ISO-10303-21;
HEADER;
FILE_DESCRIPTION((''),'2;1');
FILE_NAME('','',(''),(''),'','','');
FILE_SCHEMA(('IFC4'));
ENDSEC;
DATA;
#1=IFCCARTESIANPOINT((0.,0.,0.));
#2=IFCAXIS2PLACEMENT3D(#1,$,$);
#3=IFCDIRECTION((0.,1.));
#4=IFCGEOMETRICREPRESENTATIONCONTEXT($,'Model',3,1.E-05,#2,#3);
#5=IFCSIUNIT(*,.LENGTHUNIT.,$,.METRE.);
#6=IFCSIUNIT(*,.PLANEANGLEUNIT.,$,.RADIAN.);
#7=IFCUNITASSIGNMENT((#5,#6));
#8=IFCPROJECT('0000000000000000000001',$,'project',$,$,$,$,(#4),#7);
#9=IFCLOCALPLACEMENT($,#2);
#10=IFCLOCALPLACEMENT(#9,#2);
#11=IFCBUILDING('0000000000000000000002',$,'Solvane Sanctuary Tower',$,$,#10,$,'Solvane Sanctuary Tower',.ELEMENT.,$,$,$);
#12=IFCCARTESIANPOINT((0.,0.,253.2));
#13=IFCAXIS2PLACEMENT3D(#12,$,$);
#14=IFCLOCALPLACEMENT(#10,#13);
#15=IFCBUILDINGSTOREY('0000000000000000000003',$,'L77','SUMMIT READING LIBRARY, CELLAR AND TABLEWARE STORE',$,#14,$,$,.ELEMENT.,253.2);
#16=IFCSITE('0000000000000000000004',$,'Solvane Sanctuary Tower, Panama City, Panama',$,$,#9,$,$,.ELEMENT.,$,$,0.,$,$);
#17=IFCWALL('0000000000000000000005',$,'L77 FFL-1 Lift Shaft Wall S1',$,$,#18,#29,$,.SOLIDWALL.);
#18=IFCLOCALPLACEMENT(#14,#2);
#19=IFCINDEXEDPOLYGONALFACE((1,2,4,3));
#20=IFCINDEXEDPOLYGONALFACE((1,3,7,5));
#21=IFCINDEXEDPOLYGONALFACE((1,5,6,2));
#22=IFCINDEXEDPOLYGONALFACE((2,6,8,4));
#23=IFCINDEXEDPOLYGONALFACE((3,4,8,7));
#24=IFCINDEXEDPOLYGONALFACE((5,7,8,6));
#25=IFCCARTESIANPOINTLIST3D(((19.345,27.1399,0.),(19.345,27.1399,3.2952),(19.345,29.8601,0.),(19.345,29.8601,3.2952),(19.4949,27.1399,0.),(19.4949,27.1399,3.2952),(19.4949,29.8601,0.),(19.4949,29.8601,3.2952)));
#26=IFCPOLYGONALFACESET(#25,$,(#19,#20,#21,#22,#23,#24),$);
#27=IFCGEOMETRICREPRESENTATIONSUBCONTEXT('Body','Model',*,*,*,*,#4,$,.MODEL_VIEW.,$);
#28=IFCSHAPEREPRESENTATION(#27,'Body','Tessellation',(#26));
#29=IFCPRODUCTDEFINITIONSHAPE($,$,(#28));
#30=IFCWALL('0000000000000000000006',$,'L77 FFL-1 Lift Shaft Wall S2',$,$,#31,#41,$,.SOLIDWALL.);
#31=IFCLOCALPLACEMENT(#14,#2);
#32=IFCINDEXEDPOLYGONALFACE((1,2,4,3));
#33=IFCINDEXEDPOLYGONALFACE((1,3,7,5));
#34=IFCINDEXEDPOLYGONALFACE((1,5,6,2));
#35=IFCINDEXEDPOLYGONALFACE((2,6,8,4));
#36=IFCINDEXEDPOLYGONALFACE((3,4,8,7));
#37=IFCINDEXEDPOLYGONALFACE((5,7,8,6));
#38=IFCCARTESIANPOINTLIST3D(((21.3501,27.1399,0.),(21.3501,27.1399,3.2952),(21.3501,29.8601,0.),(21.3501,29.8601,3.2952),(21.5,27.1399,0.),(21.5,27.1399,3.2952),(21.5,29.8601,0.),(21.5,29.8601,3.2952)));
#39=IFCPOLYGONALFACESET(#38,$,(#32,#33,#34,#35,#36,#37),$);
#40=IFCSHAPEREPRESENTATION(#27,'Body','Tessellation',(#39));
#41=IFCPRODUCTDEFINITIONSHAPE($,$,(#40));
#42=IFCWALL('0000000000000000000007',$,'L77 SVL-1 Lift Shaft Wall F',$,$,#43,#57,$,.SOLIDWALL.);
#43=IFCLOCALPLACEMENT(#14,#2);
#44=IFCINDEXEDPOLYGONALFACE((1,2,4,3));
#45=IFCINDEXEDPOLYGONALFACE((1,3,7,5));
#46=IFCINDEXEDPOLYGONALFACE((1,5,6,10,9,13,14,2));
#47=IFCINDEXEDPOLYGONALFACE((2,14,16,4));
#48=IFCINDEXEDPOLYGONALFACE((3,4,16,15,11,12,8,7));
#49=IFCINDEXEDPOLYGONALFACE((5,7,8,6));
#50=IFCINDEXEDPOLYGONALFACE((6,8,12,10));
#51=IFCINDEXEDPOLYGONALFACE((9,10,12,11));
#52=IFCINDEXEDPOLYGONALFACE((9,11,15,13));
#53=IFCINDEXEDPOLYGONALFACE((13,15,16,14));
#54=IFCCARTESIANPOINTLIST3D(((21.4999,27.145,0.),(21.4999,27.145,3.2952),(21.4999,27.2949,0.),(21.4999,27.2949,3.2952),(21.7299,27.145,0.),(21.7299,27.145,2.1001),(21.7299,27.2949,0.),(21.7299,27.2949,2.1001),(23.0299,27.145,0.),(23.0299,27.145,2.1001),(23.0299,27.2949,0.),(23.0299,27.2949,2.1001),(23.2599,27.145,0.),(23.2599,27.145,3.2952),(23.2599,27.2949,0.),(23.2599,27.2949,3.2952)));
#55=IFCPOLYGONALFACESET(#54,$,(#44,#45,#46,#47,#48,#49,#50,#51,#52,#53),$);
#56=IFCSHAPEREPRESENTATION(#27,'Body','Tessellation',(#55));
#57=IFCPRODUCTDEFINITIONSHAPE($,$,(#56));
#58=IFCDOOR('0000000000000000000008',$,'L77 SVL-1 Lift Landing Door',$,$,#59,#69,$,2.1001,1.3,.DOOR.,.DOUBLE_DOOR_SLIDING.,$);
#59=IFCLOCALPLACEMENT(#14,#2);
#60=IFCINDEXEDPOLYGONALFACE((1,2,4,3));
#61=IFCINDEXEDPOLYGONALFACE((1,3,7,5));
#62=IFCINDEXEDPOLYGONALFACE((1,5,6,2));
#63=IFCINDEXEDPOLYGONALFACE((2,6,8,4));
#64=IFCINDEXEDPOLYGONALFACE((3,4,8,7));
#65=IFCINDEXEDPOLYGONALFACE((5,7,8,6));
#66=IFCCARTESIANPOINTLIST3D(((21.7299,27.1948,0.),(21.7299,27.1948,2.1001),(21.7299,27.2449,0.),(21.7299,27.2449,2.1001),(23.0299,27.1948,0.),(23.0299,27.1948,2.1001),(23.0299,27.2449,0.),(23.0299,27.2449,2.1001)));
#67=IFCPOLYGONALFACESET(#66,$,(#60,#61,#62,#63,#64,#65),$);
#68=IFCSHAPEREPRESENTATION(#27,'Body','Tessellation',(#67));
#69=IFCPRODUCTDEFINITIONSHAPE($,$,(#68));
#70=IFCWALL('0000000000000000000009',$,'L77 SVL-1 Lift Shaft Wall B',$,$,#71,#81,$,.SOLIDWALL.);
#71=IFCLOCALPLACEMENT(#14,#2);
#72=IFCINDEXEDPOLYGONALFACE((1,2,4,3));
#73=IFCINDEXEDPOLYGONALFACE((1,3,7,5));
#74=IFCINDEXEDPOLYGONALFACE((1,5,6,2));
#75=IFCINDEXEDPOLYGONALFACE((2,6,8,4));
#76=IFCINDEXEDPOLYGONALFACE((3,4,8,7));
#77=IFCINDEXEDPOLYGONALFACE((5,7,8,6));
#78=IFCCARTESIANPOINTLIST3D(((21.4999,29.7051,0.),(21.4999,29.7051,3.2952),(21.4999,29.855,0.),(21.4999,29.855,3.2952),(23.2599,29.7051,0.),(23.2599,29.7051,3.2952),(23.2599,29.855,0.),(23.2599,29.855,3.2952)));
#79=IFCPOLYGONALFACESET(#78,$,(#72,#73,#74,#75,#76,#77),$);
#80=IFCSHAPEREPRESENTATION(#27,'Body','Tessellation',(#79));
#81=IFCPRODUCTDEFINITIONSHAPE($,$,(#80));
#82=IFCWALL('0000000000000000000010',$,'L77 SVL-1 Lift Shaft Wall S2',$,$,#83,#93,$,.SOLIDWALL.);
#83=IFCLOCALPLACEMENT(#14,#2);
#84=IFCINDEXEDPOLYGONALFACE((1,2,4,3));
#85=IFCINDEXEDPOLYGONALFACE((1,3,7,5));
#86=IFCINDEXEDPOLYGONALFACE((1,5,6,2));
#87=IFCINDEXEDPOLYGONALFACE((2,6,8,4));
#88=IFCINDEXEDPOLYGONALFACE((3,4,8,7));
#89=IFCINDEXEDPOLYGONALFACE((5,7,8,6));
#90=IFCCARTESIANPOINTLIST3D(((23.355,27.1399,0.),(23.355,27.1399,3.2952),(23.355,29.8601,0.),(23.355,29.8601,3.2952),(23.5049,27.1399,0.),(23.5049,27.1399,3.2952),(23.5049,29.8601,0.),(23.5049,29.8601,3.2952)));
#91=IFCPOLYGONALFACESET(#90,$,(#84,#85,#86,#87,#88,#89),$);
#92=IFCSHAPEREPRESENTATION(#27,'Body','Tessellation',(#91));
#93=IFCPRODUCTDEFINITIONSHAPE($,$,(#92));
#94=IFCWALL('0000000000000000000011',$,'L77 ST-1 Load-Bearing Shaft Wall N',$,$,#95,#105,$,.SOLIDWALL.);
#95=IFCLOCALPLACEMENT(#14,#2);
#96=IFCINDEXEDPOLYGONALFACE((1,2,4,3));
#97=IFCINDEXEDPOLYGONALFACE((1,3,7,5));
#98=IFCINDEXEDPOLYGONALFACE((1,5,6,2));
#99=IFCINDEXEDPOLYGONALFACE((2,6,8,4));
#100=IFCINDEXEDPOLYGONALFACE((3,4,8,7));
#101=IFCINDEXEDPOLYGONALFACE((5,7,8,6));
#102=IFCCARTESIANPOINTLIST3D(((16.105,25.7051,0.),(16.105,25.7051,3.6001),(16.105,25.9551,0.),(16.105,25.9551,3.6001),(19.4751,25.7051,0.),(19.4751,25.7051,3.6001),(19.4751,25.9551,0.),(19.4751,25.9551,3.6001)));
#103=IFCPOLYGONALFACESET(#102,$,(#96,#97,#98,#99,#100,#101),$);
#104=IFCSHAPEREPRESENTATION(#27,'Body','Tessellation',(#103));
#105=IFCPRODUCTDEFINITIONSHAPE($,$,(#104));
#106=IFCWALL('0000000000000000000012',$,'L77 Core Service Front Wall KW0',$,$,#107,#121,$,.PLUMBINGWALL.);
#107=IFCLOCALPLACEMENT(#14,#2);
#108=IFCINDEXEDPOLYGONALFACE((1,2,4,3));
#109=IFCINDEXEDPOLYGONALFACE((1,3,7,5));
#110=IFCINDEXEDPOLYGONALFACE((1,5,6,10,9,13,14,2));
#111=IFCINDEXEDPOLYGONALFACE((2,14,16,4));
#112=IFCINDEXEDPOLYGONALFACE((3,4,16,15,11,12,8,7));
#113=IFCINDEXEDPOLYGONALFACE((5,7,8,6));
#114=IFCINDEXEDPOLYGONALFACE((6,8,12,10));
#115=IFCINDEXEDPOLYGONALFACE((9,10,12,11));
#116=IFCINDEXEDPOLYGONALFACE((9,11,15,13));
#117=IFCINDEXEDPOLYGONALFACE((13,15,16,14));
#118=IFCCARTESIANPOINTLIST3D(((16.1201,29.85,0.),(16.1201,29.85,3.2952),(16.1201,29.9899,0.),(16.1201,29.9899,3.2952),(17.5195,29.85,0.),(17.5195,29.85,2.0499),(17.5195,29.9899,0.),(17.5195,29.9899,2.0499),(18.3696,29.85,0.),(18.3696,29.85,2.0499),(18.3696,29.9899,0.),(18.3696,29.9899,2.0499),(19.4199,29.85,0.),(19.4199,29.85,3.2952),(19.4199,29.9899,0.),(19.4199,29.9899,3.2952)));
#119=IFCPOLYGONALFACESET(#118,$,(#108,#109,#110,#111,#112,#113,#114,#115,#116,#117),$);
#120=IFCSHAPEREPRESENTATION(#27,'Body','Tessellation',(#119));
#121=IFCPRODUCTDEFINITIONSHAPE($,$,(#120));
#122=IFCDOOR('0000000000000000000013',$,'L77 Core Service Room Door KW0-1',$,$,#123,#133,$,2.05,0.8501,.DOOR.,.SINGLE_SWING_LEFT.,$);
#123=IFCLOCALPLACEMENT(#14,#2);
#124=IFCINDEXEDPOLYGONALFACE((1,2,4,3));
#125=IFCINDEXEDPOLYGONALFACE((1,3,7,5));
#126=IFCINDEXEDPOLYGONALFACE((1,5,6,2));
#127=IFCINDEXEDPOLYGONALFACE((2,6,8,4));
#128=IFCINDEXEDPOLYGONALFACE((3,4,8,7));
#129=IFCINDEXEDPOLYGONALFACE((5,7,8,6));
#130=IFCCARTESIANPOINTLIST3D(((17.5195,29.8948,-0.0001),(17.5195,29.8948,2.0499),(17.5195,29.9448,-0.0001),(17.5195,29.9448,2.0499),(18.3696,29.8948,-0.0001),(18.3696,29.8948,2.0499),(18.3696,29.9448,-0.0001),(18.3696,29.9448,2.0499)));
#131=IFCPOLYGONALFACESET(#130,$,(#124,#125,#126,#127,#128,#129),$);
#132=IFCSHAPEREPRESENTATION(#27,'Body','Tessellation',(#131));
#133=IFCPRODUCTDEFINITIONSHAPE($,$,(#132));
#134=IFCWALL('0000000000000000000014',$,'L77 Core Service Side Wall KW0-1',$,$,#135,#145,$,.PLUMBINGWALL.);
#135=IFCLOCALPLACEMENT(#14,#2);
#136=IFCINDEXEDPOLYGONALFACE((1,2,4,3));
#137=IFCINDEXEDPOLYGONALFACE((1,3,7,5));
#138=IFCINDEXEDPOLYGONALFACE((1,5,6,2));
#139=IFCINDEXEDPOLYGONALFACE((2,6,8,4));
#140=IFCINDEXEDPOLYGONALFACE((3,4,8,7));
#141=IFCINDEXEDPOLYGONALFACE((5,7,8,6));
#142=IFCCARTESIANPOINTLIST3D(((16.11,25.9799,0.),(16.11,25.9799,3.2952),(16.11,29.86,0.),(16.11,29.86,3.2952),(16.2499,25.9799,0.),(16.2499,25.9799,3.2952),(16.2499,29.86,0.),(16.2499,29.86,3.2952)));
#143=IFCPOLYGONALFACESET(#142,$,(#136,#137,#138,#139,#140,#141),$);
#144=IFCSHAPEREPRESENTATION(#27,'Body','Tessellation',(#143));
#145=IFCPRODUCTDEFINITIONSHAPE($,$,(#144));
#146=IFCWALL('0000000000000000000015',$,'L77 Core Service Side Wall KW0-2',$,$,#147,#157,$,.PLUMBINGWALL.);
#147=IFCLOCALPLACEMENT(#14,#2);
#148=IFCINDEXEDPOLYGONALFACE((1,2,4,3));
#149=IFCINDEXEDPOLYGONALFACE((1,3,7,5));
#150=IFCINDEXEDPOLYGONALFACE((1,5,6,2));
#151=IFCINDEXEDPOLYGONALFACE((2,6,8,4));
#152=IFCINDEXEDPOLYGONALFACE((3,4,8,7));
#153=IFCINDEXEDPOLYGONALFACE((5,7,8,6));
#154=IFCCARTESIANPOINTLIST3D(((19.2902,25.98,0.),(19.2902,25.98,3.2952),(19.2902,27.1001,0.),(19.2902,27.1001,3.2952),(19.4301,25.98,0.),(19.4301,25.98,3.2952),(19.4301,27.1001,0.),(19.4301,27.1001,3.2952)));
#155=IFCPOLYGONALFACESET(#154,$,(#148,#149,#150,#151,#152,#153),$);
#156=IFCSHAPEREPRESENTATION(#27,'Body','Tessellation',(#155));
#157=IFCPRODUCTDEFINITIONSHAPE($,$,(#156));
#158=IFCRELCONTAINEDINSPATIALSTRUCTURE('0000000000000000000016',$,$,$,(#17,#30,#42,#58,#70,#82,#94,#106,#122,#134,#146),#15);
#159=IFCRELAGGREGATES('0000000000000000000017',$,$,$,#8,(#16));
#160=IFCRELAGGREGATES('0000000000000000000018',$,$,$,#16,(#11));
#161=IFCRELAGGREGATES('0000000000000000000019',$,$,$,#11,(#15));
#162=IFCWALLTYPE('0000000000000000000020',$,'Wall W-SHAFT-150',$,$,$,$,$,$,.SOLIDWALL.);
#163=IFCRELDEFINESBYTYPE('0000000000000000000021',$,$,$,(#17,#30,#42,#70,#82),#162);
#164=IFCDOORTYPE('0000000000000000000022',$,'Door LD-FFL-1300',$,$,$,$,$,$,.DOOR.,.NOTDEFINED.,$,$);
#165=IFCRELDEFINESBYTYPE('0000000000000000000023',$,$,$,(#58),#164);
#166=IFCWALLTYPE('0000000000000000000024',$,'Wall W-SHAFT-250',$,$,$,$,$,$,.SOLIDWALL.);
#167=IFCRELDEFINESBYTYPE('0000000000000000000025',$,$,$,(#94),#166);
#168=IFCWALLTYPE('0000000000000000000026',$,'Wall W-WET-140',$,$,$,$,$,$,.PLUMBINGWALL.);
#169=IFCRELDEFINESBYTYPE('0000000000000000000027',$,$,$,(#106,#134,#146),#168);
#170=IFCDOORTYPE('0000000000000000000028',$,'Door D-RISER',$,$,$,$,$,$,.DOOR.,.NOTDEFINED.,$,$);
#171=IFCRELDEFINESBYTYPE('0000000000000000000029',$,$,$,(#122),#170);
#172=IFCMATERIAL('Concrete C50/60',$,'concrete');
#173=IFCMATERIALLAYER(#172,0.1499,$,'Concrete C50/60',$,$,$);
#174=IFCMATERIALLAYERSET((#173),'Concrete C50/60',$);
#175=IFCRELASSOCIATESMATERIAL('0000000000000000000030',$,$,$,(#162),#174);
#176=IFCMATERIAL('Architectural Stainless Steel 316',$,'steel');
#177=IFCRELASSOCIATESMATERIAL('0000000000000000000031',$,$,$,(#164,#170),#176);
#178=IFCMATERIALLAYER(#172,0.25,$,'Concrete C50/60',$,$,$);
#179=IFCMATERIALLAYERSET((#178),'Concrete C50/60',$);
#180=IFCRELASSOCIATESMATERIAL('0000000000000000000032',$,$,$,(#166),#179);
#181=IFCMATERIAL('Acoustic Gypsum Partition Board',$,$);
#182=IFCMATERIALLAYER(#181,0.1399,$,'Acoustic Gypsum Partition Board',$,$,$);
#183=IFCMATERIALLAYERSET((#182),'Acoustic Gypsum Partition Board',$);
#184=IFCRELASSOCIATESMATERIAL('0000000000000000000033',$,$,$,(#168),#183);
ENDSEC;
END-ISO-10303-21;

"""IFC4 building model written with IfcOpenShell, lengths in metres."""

from ifc_helpers import new_model, si_unit, direction, frame, frame_2d, origin, place, context, subcontext, project, spatial, rectangle, extrude, material, layer, layer_set, type_object, element, fill, save


model = new_model("IFC4")

# Units and contexts
model_context = context("Model", 3, precision=1e-05, world=origin(), true_north=direction((0.0, 1.0)))
body_context = subcontext(model_context, "Body", "Model", "MODEL_VIEW")
ifc_project = project(units=[si_unit("LENGTHUNIT", "METRE"), si_unit("PLANEANGLEUNIT", "RADIAN")], contexts=[model_context])

# Site, building, storey
site_placement = place(None, origin())
site = spatial("IfcSite", under=ifc_project, at=site_placement, Name="Solvane Sanctuary Tower, Panama City, Panama", CompositionType="ELEMENT", RefElevation=0.0)
building_placement = place(site_placement, origin())
building = spatial("IfcBuilding", under=site, at=building_placement, Name="Solvane Sanctuary Tower", LongName="Solvane Sanctuary Tower", CompositionType="ELEMENT")
storey_placement = place(building_placement, frame((0.0, 0.0, 253.2)))
storey = spatial("IfcBuildingStorey", under=building, at=storey_placement, Name="L77", Description="SUMMIT READING LIBRARY, CELLAR AND TABLEWARE STORE", CompositionType="ELEMENT", Elevation=253.2)

# Shared definitions
ifc_material_1 = material(Name="Concrete C50/60", Category="concrete")
ifc_material_2 = material(Name="Acoustic Gypsum Partition Board")

# Shared definitions
ifc_layer_1 = layer(ifc_material_1, 0.1499, Name="Concrete C50/60")
ifc_layer_set_1 = layer_set([ifc_layer_1], Name="Concrete C50/60")
wall_type_1 = type_object("IfcWallType", Name="Wall W-SHAFT-150", PredefinedType="SOLIDWALL", material=ifc_layer_set_1)

# Shared definitions
ifc_material_3 = material(Name="Architectural Stainless Steel 316", Category="steel")
door_type_1 = type_object("IfcDoorType", Name="Door LD-FFL-1300", OperationType="NOTDEFINED", PredefinedType="DOOR", material=ifc_material_3)

# Walls
for number, where, z_axis, x_axis, name in (
    (1, (19.4199, 27.1399, 0.0), (0.0, 0.0, 1.0), (0.0, 1.0, 0.0), "L77 FFL-1 Lift Shaft Wall S1"),
    (2, (21.425, 27.1399, 0.0), (0.0, 0.0, 1.0), (0.0, 1.0, 0.0), "L77 FFL-1 Lift Shaft Wall S2"),
):
    element("IfcWall", number, at=place(storey_placement, frame(where, z_axis=z_axis, x_axis=x_axis)), inside=storey, type_object=wall_type_1, Name=name, PredefinedType="SOLIDWALL", context=body_context, shape_type="SweptSolid", body=[
        extrude(rectangle(XDim=2.7202, YDim=0.1499, at=frame_2d((1.3601, 0.0))), origin(), (0.0, 0.0, 1.0), 3.2952),
    ])

# Wall, opening, door
wall_1_placement = place(storey_placement, frame((21.5, 27.22, 0.0), z_axis=(0.0, 0.0, 1.0), x_axis=(1.0, 0.0, 0.0)))
wall_1 = element("IfcWall", 3, at=wall_1_placement, inside=storey, type_object=wall_type_1, Name="L77 SVL-1 Lift Shaft Wall F", PredefinedType="SOLIDWALL", context=body_context, shape_type="SweptSolid", body=[
    extrude(rectangle(XDim=1.76, YDim=0.1499, at=frame_2d((0.8799, 0.0))), origin(), (0.0, 0.0, 1.0), 3.2952),
])
opening_1_placement = place(wall_1_placement, frame((0.23, 0.0, 0.0)))
opening_1 = element("IfcOpeningElement", 4, at=opening_1_placement, cuts=wall_1, PredefinedType="OPENING", context=body_context, shape_type="SweptSolid", body=[
    extrude(rectangle(XDim=1.3, YDim=2.1001, at=frame_2d((0.6499, 1.05))), frame((0.0, 0.085, 0.0), z_axis=(0.0, -1.0, 0.0), x_axis=(1.0, 0.0, 0.0)), (0.0, 0.0, 1.0), 0.1699),
])
door_1_placement = place(opening_1_placement, origin())
door_1 = element("IfcDoor", 5, at=door_1_placement, inside=storey, type_object=door_type_1, Name="L77 SVL-1 Lift Landing Door", OperationType="DOUBLE_DOOR_SLIDING", OverallHeight=2.1001, OverallWidth=1.3, PredefinedType="DOOR", context=body_context, shape_type="SweptSolid", body=[
    extrude(rectangle(XDim=1.3, YDim=2.1001, at=frame_2d((0.6499, 1.05))), frame((0.0, 0.0249, 0.0), z_axis=(0.0, -1.0, 0.0), x_axis=(1.0, 0.0, 0.0)), (0.0, 0.0, 1.0), 0.05),
])
fill(opening_1, door_1)

# Walls
wall_2_placement = place(storey_placement, frame((21.5, 29.78, 0.0), z_axis=(0.0, 0.0, 1.0), x_axis=(1.0, 0.0, 0.0)))
element("IfcWall", 6, at=wall_2_placement, inside=storey, type_object=wall_type_1, Name="L77 SVL-1 Lift Shaft Wall B", PredefinedType="SOLIDWALL", context=body_context, shape_type="SweptSolid", body=[
    extrude(rectangle(XDim=1.76, YDim=0.1499, at=frame_2d((0.8799, 0.0))), origin(), (0.0, 0.0, 1.0), 3.2952),
])
wall_3_placement = place(storey_placement, frame((23.4299, 27.1399, 0.0), z_axis=(0.0, 0.0, 1.0), x_axis=(0.0, 1.0, 0.0)))
element("IfcWall", 7, at=wall_3_placement, inside=storey, type_object=wall_type_1, Name="L77 SVL-1 Lift Shaft Wall S2", PredefinedType="SOLIDWALL", context=body_context, shape_type="SweptSolid", body=[
    extrude(rectangle(XDim=2.7202, YDim=0.1499, at=frame_2d((1.3601, 0.0))), origin(), (0.0, 0.0, 1.0), 3.2952),
])
ifc_layer_2 = layer(ifc_material_1, 0.25, Name="Concrete C50/60")
ifc_layer_set_2 = layer_set([ifc_layer_2], Name="Concrete C50/60")
wall_type_2 = type_object("IfcWallType", Name="Wall W-SHAFT-250", PredefinedType="SOLIDWALL", material=ifc_layer_set_2)
wall_4_placement = place(storey_placement, frame((16.105, 25.8301, 0.0), z_axis=(0.0, 0.0, 1.0), x_axis=(1.0, 0.0, 0.0)))
element("IfcWall", 8, at=wall_4_placement, inside=storey, type_object=wall_type_2, Name="L77 ST-1 Load-Bearing Shaft Wall N", PredefinedType="SOLIDWALL", context=body_context, shape_type="SweptSolid", body=[
    extrude(rectangle(XDim=3.3701, YDim=0.25, at=frame_2d((1.6851, 0.0))), origin(), (0.0, 0.0, 1.0), 3.6001),
])

# Wall, opening, door
ifc_layer_3 = layer(ifc_material_2, 0.1399, Name="Acoustic Gypsum Partition Board")
ifc_layer_set_3 = layer_set([ifc_layer_3], Name="Acoustic Gypsum Partition Board")
wall_type_3 = type_object("IfcWallType", Name="Wall W-WET-140", PredefinedType="PLUMBINGWALL", material=ifc_layer_set_3)
wall_5_placement = place(storey_placement, frame((16.1201, 29.9199, 0.0), z_axis=(0.0, 0.0, 1.0), x_axis=(1.0, 0.0, 0.0)))
wall_5 = element("IfcWall", 9, at=wall_5_placement, inside=storey, type_object=wall_type_3, Name="L77 Core Service Front Wall KW0", PredefinedType="PLUMBINGWALL", context=body_context, shape_type="SweptSolid", body=[
    extrude(rectangle(XDim=3.2998, YDim=0.1399, at=frame_2d((1.6499, 0.0))), origin(), (0.0, 0.0, 1.0), 3.2952),
])
opening_2_placement = place(wall_5_placement, frame((1.3994, 0.0, 0.0)))
opening_2 = element("IfcOpeningElement", 10, at=opening_2_placement, cuts=wall_5, PredefinedType="OPENING", context=body_context, shape_type="SweptSolid", body=[
    extrude(rectangle(XDim=0.8501, YDim=2.05, at=frame_2d((0.425, 1.0249))), frame((0.0, 0.0798, 0.0), z_axis=(0.0, -1.0, 0.0), x_axis=(1.0, 0.0, 0.0)), (0.0, 0.0, 1.0), 0.1599),
])
door_type_2 = type_object("IfcDoorType", Name="Door D-RISER", OperationType="NOTDEFINED", PredefinedType="DOOR", material=ifc_material_3)
door_2_placement = place(opening_2_placement, origin())
door_2 = element("IfcDoor", 11, at=door_2_placement, inside=storey, type_object=door_type_2, Name="L77 Core Service Room Door KW0-1", OperationType="SINGLE_SWING_LEFT", OverallHeight=2.05, OverallWidth=0.8501, PredefinedType="DOOR", context=body_context, shape_type="SweptSolid", body=[
    extrude(rectangle(XDim=0.8501, YDim=2.05, at=frame_2d((0.425, 1.0249))), frame((0.0, 0.0249, 0.0), z_axis=(0.0, -1.0, 0.0), x_axis=(1.0, 0.0, 0.0)), (0.0, 0.0, 1.0), 0.05),
])
fill(opening_2, door_2)

# Walls
wall_6_placement = place(storey_placement, frame((16.1799, 25.98, 0.0), z_axis=(0.0, 0.0, 1.0), x_axis=(0.0, 1.0, 0.0)))
element("IfcWall", 12, at=wall_6_placement, inside=storey, type_object=wall_type_3, Name="L77 Core Service Side Wall KW0-1", PredefinedType="PLUMBINGWALL", context=body_context, shape_type="SweptSolid", body=[
    extrude(rectangle(XDim=3.8801, YDim=0.1399, at=frame_2d((1.9399, 0.0))), origin(), (0.0, 0.0, 1.0), 3.2952),
])
wall_7_placement = place(storey_placement, frame((19.3601, 25.98, 0.0), z_axis=(0.0, 0.0, 1.0), x_axis=(0.0, 1.0, 0.0)))
element("IfcWall", 13, at=wall_7_placement, inside=storey, type_object=wall_type_3, Name="L77 Core Service Side Wall KW0-2", PredefinedType="PLUMBINGWALL", context=body_context, shape_type="SweptSolid", body=[
    extrude(rectangle(XDim=1.1201, YDim=0.1399, at=frame_2d((0.5601, 0.0))), origin(), (0.0, 0.0, 1.0), 3.2952),
])

save(model, "model.ifc")
